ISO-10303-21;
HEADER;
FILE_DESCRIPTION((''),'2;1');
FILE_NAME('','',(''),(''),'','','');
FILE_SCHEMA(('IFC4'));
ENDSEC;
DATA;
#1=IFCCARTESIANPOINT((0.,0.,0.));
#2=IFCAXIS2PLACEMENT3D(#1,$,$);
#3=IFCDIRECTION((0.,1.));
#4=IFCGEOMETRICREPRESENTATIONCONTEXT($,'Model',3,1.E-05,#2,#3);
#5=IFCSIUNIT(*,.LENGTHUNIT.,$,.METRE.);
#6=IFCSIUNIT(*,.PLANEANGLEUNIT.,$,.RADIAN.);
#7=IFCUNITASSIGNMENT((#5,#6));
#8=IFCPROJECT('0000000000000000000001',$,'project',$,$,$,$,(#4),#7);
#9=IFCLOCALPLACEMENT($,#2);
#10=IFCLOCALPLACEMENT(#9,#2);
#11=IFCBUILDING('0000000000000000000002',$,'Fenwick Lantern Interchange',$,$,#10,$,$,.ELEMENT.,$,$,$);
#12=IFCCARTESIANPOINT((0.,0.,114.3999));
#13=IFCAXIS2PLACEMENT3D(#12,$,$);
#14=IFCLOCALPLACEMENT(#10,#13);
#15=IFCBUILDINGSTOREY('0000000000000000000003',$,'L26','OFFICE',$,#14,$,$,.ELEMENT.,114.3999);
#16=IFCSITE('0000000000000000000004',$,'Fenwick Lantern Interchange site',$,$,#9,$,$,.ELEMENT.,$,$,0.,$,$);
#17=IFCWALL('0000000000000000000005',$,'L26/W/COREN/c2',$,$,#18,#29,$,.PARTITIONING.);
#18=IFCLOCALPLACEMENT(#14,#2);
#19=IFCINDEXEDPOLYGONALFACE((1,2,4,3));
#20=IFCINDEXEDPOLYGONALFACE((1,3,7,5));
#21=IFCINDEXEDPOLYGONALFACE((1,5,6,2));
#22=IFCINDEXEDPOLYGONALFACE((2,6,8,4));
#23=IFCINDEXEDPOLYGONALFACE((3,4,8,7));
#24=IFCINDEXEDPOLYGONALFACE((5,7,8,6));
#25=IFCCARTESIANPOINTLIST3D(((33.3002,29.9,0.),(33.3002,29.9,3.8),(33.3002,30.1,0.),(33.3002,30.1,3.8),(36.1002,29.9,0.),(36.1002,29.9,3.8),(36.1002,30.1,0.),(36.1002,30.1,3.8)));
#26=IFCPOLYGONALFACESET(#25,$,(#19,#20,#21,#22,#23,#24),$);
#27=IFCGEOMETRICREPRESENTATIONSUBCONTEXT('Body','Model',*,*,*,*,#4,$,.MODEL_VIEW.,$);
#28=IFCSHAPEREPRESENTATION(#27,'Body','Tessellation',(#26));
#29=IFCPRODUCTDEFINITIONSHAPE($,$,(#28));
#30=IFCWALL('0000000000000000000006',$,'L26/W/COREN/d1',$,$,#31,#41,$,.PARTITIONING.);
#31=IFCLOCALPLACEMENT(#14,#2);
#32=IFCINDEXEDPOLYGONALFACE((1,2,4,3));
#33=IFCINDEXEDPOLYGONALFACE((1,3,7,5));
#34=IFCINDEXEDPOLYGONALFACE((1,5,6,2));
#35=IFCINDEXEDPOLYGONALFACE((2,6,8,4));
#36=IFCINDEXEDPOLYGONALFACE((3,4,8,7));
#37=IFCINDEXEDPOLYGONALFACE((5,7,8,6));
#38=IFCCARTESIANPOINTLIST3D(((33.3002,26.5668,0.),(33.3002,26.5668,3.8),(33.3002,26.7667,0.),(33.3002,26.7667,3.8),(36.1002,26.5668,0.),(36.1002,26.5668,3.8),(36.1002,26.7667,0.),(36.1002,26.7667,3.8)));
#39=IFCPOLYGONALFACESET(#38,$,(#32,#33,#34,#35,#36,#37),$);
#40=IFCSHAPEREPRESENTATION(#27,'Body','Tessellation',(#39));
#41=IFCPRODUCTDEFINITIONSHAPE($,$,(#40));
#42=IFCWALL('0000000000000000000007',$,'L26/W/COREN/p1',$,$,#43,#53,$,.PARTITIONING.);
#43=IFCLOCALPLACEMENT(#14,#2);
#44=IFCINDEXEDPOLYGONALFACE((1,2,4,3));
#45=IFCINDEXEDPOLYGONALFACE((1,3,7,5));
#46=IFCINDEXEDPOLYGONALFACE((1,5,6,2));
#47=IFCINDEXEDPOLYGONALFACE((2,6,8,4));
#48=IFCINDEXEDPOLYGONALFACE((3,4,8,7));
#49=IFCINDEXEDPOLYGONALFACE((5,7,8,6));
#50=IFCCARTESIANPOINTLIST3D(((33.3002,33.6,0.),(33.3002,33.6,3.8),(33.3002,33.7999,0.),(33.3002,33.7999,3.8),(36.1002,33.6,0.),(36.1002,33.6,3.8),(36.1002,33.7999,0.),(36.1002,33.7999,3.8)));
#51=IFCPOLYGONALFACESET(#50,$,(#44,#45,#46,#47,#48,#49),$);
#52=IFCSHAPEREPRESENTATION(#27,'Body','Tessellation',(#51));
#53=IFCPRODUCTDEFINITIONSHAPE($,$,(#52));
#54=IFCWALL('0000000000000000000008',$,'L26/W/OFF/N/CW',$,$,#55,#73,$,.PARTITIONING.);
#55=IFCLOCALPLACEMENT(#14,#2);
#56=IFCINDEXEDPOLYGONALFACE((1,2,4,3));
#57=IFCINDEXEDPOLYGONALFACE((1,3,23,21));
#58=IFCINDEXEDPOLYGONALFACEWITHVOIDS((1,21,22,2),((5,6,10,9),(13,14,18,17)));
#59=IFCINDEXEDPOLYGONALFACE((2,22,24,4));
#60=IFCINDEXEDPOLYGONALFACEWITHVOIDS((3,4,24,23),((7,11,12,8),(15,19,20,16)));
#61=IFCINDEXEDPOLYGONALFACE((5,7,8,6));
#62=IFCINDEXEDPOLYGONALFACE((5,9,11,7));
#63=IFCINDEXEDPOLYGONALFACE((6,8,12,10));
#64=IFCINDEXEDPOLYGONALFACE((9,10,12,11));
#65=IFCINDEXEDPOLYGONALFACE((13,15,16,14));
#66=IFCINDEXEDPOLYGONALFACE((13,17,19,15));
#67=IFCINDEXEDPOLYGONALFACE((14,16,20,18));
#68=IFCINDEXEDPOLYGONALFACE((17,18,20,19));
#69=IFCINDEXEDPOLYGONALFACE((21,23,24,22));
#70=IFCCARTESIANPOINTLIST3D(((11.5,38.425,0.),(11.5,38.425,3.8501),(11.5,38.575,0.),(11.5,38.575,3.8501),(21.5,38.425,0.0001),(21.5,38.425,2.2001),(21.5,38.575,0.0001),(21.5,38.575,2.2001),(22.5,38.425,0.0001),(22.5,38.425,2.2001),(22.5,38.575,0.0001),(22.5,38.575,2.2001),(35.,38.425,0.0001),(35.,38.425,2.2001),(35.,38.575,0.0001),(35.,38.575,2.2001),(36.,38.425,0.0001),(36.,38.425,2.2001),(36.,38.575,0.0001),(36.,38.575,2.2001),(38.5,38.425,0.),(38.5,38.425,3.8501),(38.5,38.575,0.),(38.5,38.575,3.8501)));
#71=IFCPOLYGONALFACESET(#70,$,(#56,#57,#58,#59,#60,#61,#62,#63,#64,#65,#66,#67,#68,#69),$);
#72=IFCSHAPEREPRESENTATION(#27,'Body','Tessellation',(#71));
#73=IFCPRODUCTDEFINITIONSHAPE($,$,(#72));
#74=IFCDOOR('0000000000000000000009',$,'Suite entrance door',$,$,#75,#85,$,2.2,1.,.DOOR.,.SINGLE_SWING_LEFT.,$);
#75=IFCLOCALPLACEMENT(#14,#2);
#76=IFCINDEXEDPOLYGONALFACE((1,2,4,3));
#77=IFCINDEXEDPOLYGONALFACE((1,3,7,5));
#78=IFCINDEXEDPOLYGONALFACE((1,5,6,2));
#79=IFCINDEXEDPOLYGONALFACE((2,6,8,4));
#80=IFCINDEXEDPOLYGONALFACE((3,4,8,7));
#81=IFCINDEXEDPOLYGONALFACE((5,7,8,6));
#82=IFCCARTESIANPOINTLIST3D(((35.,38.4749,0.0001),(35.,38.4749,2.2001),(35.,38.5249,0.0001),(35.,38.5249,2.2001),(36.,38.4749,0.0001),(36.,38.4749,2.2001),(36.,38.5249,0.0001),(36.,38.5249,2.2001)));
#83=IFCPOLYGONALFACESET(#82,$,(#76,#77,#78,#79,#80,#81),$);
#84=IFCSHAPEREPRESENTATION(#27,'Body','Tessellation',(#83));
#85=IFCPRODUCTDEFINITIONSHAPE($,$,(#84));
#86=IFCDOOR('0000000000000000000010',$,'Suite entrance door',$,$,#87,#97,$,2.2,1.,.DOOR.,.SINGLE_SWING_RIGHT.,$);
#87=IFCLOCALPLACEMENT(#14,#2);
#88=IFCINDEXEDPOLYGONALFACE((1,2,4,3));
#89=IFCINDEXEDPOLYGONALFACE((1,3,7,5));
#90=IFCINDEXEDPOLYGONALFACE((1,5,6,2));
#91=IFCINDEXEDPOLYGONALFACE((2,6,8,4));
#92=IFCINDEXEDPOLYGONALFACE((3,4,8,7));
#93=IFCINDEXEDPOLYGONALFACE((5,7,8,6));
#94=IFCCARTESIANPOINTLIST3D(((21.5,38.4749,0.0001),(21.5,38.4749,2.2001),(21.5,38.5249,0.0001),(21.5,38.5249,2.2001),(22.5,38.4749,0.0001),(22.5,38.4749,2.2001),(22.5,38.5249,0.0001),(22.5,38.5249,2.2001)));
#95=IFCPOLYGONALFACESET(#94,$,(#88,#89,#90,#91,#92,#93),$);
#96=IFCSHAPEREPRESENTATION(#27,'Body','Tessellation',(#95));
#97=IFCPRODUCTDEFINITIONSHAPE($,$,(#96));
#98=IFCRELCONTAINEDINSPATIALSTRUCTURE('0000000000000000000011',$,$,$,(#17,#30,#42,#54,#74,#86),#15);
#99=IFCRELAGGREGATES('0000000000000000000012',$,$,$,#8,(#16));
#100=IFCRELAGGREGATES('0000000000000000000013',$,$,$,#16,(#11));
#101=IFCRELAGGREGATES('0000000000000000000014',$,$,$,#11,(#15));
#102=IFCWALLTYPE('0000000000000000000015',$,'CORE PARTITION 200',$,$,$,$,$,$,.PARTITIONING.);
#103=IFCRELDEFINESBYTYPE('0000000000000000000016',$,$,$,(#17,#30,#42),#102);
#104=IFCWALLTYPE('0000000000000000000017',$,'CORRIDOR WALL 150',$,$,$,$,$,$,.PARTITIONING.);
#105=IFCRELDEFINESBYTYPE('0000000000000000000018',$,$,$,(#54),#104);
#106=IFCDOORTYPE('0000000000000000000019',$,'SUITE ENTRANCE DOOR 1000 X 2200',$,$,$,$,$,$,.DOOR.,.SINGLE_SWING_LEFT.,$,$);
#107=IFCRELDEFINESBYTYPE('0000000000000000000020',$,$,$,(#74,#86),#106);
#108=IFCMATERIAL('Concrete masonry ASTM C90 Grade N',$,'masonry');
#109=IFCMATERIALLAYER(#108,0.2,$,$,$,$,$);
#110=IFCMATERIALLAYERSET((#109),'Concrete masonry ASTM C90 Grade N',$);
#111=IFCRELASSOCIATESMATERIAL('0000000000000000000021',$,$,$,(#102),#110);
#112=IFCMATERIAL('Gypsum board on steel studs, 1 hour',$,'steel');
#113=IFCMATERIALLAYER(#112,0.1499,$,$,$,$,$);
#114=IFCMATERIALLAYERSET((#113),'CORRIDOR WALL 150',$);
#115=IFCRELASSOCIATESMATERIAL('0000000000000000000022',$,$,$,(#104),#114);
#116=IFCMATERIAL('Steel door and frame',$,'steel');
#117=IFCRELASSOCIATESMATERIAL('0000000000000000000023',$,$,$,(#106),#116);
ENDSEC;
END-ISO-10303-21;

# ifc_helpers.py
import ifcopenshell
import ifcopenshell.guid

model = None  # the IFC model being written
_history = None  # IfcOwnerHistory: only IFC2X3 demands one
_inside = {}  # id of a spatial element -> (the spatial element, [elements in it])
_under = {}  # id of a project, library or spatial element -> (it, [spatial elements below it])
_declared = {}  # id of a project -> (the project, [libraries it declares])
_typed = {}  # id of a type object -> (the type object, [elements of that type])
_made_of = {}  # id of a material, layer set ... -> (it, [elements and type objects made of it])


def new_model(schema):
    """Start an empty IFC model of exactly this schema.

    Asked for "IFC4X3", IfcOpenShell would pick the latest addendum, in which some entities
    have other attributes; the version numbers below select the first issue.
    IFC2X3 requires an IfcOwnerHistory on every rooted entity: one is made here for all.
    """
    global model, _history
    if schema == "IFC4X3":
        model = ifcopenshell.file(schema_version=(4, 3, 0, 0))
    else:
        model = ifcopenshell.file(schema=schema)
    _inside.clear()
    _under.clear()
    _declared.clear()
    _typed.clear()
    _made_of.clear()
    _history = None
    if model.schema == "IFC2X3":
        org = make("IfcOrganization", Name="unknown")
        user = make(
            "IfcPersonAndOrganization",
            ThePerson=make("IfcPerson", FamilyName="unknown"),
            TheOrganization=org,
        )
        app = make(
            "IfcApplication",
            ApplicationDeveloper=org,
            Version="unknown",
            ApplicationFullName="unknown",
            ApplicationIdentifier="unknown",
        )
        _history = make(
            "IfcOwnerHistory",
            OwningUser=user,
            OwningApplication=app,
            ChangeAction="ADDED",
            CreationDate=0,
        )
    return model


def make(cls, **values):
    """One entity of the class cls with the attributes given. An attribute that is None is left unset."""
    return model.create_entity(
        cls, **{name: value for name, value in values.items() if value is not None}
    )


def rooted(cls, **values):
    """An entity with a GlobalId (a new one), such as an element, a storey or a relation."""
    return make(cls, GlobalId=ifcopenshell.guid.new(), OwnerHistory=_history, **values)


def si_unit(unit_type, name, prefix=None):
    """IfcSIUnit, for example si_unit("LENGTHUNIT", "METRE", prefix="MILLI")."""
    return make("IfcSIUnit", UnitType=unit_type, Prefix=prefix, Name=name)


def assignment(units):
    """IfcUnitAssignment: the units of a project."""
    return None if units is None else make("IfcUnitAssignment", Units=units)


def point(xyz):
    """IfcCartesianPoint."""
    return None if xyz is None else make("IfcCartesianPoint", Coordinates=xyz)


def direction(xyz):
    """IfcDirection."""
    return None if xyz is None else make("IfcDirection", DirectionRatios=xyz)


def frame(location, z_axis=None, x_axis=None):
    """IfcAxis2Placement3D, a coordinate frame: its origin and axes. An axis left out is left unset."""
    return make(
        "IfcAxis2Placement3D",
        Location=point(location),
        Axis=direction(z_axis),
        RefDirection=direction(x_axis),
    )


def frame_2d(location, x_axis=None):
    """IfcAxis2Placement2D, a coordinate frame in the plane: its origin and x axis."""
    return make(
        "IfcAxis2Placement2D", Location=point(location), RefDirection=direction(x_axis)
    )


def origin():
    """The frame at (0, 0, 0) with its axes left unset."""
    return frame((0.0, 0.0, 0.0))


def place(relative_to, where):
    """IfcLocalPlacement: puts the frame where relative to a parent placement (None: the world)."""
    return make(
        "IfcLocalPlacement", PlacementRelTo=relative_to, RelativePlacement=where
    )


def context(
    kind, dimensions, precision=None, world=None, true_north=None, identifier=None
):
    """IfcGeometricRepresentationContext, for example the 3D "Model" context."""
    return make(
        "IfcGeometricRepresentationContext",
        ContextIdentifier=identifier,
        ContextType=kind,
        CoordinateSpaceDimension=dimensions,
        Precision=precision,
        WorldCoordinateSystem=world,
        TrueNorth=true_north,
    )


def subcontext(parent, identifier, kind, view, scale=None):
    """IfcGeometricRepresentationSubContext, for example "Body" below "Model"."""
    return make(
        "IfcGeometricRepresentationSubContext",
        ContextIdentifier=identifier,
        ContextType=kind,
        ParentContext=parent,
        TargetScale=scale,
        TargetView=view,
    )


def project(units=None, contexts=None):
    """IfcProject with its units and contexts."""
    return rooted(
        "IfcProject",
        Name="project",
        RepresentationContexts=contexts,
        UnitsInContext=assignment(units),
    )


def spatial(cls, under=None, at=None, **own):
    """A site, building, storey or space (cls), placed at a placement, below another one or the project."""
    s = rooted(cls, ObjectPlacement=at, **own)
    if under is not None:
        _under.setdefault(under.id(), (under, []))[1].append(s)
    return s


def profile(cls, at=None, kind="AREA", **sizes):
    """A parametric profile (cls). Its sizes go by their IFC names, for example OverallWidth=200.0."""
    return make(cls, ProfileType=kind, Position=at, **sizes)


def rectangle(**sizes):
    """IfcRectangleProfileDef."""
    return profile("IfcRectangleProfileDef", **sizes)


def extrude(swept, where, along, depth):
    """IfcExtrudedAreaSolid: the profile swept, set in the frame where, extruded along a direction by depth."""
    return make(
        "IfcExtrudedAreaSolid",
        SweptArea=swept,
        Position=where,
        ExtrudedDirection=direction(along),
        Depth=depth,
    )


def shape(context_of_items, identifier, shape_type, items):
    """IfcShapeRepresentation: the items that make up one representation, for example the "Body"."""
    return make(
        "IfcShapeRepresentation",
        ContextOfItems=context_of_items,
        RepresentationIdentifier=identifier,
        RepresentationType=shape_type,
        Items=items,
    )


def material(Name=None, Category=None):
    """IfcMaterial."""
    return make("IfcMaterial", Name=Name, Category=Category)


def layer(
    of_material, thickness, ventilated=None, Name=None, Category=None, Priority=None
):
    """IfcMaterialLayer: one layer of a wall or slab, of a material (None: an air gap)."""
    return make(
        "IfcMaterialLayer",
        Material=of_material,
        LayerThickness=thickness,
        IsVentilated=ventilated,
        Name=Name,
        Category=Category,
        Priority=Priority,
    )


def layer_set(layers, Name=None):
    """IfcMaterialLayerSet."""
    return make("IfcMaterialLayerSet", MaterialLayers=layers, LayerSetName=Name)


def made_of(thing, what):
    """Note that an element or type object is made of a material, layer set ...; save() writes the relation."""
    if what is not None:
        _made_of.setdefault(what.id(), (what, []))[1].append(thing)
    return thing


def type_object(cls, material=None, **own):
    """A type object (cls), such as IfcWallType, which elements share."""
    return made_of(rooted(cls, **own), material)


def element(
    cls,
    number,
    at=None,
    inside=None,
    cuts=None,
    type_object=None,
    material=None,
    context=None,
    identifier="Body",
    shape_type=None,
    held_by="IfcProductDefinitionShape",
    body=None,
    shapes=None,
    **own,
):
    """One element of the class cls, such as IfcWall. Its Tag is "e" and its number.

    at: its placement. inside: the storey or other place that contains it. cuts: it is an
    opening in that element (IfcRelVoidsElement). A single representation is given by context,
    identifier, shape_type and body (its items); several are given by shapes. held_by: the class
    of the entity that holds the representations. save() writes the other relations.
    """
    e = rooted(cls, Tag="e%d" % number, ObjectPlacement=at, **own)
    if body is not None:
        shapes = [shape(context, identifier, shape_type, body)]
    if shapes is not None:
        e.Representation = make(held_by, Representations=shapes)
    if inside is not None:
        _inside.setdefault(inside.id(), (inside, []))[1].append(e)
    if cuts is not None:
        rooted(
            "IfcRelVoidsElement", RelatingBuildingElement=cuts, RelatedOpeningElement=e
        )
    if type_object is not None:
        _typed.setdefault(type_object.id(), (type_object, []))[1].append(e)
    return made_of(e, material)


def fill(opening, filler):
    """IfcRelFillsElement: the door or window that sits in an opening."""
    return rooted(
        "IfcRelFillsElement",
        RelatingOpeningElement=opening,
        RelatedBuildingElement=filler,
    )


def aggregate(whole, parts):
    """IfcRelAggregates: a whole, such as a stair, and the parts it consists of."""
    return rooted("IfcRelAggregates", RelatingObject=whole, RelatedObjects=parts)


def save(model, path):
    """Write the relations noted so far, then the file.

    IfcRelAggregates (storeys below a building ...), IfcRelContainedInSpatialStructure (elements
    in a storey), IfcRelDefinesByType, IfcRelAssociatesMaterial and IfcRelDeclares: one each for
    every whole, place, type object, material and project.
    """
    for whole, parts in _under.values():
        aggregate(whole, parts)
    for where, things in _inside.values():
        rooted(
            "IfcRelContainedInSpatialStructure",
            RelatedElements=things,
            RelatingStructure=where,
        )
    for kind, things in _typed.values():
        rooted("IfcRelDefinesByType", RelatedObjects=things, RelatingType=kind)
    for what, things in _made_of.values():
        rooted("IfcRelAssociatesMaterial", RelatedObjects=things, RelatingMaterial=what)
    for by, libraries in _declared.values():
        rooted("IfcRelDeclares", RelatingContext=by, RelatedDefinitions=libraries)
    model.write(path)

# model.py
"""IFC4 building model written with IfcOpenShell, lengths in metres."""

from ifc_helpers import new_model, si_unit, direction, frame, frame_2d, origin, place, context, subcontext, project, spatial, rectangle, extrude, material, layer, layer_set, type_object, element, fill, save


model = new_model("IFC4")

# Units and contexts
model_context = context("Model", 3, precision=1e-05, world=origin(), true_north=direction((0.0, 1.0)))
body_context = subcontext(model_context, "Body", "Model", "MODEL_VIEW")
ifc_project = project(units=[si_unit("LENGTHUNIT", "METRE"), si_unit("PLANEANGLEUNIT", "RADIAN")], contexts=[model_context])

# Site, building, storey
site_placement = place(None, origin())
site = spatial("IfcSite", under=ifc_project, at=site_placement, Name="Fenwick Lantern Interchange site", CompositionType="ELEMENT", RefElevation=0.0)
building_placement = place(site_placement, origin())
building = spatial("IfcBuilding", under=site, at=building_placement, Name="Fenwick Lantern Interchange", CompositionType="ELEMENT")
storey_placement = place(building_placement, frame((0.0, 0.0, 114.3999)))
storey = spatial("IfcBuildingStorey", under=building, at=storey_placement, Name="L26", Description="OFFICE", CompositionType="ELEMENT", Elevation=114.3999)

# Walls
ifc_material_1 = material(Name="Concrete masonry ASTM C90 Grade N", Category="masonry")
ifc_layer_1 = layer(ifc_material_1, 0.2)
ifc_layer_set_1 = layer_set([ifc_layer_1], Name="Concrete masonry ASTM C90 Grade N")
wall_type_1 = type_object("IfcWallType", Name="CORE PARTITION 200", PredefinedType="PARTITIONING", material=ifc_layer_set_1)
for number, where, z_axis, x_axis, name in (
    (1, (36.1001, 30.0, 0.0), (0.0, 0.0, 1.0), (-1.0, 0.0, 0.0), "L26/W/COREN/c2"),
    (2, (36.1001, 26.6667, 0.0), (0.0, 0.0, 1.0), (-1.0, 0.0, 0.0), "L26/W/COREN/d1"),
    (3, (36.1001, 33.7, 0.0), (0.0, 0.0, 1.0), (-1.0, 0.0, 0.0), "L26/W/COREN/p1"),
):
    element("IfcWall", number, at=place(storey_placement, frame(where, z_axis=z_axis, x_axis=x_axis)), inside=storey, type_object=wall_type_1, Name=name, PredefinedType="PARTITIONING", context=body_context, shape_type="SweptSolid", body=[
        extrude(rectangle(XDim=2.8, YDim=0.2, at=frame_2d((1.3999, 0.0))), origin(), (0.0, 0.0, 1.0), 3.8),
    ])

# Wall, openings, doors
ifc_material_2 = material(Name="Steel door and frame", Category="steel")
ifc_material_3 = material(Name="Gypsum board on steel studs, 1 hour", Category="steel")
ifc_layer_2 = layer(ifc_material_3, 0.1499)
ifc_layer_set_2 = layer_set([ifc_layer_2], Name="CORRIDOR WALL 150")
wall_type_2 = type_object("IfcWallType", Name="CORRIDOR WALL 150", PredefinedType="PARTITIONING", material=ifc_layer_set_2)
wall_1_placement = place(storey_placement, frame((38.5, 38.5, 0.0), z_axis=(0.0, 0.0, 1.0), x_axis=(-1.0, 0.0, 0.0)))
wall_1 = element("IfcWall", 4, at=wall_1_placement, inside=storey, type_object=wall_type_2, Name="L26/W/OFF/N/CW", PredefinedType="PARTITIONING", context=body_context, shape_type="SweptSolid", body=[
    extrude(rectangle(XDim=27.0, YDim=0.1499, at=frame_2d((13.5, 0.0))), origin(), (0.0, 0.0, 1.0), 3.8501),
])
opening_1_placement = place(wall_1_placement, frame((2.5, 0.0, 0.0)))
opening_1 = element("IfcOpeningElement", 5, at=opening_1_placement, cuts=wall_1, PredefinedType="OPENING", context=body_context, shape_type="SweptSolid", body=[
    extrude(rectangle(XDim=1.0, YDim=2.2, at=frame_2d((0.5, 1.1001))), frame((0.0, 0.085, 0.0), z_axis=(0.0, -1.0, 0.0), x_axis=(1.0, 0.0, 0.0)), (0.0, 0.0, 1.0), 0.1699),
])
opening_2_placement = place(wall_1_placement, frame((16.0, 0.0, 0.0)))
opening_2 = element("IfcOpeningElement", 6, at=opening_2_placement, cuts=wall_1, PredefinedType="OPENING", context=body_context, shape_type="SweptSolid", body=[
    extrude(rectangle(XDim=1.0, YDim=2.2, at=frame_2d((0.5, 1.1001))), frame((0.0, 0.085, 0.0), z_axis=(0.0, -1.0, 0.0), x_axis=(1.0, 0.0, 0.0)), (0.0, 0.0, 1.0), 0.1699),
])
door_type_1 = type_object("IfcDoorType", Name="SUITE ENTRANCE DOOR 1000 X 2200", OperationType="SINGLE_SWING_LEFT", PredefinedType="DOOR", material=ifc_material_2)
door_1_placement = place(opening_1_placement, frame((1.0, 0.0, 0.0), z_axis=(0.0, 0.0, 1.0), x_axis=(-1.0, 0.0, 0.0)))
door_1 = element("IfcDoor", 7, at=door_1_placement, inside=storey, type_object=door_type_1, Name="Suite entrance door", OperationType="SINGLE_SWING_LEFT", OverallHeight=2.2, OverallWidth=1.0, PredefinedType="DOOR", context=body_context, shape_type="SweptSolid", body=[
    extrude(rectangle(XDim=1.0, YDim=2.2, at=frame_2d((0.5, 1.1001))), frame((0.0, 0.0249, 0.0), z_axis=(0.0, -1.0, 0.0), x_axis=(1.0, 0.0, 0.0)), (0.0, 0.0, 1.0), 0.05),
])
fill(opening_1, door_1)
door_2_placement = place(opening_2_placement, frame((1.0, 0.0, 0.0), z_axis=(0.0, 0.0, 1.0), x_axis=(-1.0, 0.0, 0.0)))
door_2 = element("IfcDoor", 8, at=door_2_placement, inside=storey, type_object=door_type_1, Name="Suite entrance door", OperationType="SINGLE_SWING_RIGHT", OverallHeight=2.2, OverallWidth=1.0, PredefinedType="DOOR", context=body_context, shape_type="SweptSolid", body=[
    extrude(rectangle(XDim=1.0, YDim=2.2, at=frame_2d((0.5, 1.1001))), frame((0.0, 0.0249, 0.0), z_axis=(0.0, -1.0, 0.0), x_axis=(1.0, 0.0, 0.0)), (0.0, 0.0, 1.0), 0.05),
])
fill(opening_2, door_2)

save(model, "model.ifc")
